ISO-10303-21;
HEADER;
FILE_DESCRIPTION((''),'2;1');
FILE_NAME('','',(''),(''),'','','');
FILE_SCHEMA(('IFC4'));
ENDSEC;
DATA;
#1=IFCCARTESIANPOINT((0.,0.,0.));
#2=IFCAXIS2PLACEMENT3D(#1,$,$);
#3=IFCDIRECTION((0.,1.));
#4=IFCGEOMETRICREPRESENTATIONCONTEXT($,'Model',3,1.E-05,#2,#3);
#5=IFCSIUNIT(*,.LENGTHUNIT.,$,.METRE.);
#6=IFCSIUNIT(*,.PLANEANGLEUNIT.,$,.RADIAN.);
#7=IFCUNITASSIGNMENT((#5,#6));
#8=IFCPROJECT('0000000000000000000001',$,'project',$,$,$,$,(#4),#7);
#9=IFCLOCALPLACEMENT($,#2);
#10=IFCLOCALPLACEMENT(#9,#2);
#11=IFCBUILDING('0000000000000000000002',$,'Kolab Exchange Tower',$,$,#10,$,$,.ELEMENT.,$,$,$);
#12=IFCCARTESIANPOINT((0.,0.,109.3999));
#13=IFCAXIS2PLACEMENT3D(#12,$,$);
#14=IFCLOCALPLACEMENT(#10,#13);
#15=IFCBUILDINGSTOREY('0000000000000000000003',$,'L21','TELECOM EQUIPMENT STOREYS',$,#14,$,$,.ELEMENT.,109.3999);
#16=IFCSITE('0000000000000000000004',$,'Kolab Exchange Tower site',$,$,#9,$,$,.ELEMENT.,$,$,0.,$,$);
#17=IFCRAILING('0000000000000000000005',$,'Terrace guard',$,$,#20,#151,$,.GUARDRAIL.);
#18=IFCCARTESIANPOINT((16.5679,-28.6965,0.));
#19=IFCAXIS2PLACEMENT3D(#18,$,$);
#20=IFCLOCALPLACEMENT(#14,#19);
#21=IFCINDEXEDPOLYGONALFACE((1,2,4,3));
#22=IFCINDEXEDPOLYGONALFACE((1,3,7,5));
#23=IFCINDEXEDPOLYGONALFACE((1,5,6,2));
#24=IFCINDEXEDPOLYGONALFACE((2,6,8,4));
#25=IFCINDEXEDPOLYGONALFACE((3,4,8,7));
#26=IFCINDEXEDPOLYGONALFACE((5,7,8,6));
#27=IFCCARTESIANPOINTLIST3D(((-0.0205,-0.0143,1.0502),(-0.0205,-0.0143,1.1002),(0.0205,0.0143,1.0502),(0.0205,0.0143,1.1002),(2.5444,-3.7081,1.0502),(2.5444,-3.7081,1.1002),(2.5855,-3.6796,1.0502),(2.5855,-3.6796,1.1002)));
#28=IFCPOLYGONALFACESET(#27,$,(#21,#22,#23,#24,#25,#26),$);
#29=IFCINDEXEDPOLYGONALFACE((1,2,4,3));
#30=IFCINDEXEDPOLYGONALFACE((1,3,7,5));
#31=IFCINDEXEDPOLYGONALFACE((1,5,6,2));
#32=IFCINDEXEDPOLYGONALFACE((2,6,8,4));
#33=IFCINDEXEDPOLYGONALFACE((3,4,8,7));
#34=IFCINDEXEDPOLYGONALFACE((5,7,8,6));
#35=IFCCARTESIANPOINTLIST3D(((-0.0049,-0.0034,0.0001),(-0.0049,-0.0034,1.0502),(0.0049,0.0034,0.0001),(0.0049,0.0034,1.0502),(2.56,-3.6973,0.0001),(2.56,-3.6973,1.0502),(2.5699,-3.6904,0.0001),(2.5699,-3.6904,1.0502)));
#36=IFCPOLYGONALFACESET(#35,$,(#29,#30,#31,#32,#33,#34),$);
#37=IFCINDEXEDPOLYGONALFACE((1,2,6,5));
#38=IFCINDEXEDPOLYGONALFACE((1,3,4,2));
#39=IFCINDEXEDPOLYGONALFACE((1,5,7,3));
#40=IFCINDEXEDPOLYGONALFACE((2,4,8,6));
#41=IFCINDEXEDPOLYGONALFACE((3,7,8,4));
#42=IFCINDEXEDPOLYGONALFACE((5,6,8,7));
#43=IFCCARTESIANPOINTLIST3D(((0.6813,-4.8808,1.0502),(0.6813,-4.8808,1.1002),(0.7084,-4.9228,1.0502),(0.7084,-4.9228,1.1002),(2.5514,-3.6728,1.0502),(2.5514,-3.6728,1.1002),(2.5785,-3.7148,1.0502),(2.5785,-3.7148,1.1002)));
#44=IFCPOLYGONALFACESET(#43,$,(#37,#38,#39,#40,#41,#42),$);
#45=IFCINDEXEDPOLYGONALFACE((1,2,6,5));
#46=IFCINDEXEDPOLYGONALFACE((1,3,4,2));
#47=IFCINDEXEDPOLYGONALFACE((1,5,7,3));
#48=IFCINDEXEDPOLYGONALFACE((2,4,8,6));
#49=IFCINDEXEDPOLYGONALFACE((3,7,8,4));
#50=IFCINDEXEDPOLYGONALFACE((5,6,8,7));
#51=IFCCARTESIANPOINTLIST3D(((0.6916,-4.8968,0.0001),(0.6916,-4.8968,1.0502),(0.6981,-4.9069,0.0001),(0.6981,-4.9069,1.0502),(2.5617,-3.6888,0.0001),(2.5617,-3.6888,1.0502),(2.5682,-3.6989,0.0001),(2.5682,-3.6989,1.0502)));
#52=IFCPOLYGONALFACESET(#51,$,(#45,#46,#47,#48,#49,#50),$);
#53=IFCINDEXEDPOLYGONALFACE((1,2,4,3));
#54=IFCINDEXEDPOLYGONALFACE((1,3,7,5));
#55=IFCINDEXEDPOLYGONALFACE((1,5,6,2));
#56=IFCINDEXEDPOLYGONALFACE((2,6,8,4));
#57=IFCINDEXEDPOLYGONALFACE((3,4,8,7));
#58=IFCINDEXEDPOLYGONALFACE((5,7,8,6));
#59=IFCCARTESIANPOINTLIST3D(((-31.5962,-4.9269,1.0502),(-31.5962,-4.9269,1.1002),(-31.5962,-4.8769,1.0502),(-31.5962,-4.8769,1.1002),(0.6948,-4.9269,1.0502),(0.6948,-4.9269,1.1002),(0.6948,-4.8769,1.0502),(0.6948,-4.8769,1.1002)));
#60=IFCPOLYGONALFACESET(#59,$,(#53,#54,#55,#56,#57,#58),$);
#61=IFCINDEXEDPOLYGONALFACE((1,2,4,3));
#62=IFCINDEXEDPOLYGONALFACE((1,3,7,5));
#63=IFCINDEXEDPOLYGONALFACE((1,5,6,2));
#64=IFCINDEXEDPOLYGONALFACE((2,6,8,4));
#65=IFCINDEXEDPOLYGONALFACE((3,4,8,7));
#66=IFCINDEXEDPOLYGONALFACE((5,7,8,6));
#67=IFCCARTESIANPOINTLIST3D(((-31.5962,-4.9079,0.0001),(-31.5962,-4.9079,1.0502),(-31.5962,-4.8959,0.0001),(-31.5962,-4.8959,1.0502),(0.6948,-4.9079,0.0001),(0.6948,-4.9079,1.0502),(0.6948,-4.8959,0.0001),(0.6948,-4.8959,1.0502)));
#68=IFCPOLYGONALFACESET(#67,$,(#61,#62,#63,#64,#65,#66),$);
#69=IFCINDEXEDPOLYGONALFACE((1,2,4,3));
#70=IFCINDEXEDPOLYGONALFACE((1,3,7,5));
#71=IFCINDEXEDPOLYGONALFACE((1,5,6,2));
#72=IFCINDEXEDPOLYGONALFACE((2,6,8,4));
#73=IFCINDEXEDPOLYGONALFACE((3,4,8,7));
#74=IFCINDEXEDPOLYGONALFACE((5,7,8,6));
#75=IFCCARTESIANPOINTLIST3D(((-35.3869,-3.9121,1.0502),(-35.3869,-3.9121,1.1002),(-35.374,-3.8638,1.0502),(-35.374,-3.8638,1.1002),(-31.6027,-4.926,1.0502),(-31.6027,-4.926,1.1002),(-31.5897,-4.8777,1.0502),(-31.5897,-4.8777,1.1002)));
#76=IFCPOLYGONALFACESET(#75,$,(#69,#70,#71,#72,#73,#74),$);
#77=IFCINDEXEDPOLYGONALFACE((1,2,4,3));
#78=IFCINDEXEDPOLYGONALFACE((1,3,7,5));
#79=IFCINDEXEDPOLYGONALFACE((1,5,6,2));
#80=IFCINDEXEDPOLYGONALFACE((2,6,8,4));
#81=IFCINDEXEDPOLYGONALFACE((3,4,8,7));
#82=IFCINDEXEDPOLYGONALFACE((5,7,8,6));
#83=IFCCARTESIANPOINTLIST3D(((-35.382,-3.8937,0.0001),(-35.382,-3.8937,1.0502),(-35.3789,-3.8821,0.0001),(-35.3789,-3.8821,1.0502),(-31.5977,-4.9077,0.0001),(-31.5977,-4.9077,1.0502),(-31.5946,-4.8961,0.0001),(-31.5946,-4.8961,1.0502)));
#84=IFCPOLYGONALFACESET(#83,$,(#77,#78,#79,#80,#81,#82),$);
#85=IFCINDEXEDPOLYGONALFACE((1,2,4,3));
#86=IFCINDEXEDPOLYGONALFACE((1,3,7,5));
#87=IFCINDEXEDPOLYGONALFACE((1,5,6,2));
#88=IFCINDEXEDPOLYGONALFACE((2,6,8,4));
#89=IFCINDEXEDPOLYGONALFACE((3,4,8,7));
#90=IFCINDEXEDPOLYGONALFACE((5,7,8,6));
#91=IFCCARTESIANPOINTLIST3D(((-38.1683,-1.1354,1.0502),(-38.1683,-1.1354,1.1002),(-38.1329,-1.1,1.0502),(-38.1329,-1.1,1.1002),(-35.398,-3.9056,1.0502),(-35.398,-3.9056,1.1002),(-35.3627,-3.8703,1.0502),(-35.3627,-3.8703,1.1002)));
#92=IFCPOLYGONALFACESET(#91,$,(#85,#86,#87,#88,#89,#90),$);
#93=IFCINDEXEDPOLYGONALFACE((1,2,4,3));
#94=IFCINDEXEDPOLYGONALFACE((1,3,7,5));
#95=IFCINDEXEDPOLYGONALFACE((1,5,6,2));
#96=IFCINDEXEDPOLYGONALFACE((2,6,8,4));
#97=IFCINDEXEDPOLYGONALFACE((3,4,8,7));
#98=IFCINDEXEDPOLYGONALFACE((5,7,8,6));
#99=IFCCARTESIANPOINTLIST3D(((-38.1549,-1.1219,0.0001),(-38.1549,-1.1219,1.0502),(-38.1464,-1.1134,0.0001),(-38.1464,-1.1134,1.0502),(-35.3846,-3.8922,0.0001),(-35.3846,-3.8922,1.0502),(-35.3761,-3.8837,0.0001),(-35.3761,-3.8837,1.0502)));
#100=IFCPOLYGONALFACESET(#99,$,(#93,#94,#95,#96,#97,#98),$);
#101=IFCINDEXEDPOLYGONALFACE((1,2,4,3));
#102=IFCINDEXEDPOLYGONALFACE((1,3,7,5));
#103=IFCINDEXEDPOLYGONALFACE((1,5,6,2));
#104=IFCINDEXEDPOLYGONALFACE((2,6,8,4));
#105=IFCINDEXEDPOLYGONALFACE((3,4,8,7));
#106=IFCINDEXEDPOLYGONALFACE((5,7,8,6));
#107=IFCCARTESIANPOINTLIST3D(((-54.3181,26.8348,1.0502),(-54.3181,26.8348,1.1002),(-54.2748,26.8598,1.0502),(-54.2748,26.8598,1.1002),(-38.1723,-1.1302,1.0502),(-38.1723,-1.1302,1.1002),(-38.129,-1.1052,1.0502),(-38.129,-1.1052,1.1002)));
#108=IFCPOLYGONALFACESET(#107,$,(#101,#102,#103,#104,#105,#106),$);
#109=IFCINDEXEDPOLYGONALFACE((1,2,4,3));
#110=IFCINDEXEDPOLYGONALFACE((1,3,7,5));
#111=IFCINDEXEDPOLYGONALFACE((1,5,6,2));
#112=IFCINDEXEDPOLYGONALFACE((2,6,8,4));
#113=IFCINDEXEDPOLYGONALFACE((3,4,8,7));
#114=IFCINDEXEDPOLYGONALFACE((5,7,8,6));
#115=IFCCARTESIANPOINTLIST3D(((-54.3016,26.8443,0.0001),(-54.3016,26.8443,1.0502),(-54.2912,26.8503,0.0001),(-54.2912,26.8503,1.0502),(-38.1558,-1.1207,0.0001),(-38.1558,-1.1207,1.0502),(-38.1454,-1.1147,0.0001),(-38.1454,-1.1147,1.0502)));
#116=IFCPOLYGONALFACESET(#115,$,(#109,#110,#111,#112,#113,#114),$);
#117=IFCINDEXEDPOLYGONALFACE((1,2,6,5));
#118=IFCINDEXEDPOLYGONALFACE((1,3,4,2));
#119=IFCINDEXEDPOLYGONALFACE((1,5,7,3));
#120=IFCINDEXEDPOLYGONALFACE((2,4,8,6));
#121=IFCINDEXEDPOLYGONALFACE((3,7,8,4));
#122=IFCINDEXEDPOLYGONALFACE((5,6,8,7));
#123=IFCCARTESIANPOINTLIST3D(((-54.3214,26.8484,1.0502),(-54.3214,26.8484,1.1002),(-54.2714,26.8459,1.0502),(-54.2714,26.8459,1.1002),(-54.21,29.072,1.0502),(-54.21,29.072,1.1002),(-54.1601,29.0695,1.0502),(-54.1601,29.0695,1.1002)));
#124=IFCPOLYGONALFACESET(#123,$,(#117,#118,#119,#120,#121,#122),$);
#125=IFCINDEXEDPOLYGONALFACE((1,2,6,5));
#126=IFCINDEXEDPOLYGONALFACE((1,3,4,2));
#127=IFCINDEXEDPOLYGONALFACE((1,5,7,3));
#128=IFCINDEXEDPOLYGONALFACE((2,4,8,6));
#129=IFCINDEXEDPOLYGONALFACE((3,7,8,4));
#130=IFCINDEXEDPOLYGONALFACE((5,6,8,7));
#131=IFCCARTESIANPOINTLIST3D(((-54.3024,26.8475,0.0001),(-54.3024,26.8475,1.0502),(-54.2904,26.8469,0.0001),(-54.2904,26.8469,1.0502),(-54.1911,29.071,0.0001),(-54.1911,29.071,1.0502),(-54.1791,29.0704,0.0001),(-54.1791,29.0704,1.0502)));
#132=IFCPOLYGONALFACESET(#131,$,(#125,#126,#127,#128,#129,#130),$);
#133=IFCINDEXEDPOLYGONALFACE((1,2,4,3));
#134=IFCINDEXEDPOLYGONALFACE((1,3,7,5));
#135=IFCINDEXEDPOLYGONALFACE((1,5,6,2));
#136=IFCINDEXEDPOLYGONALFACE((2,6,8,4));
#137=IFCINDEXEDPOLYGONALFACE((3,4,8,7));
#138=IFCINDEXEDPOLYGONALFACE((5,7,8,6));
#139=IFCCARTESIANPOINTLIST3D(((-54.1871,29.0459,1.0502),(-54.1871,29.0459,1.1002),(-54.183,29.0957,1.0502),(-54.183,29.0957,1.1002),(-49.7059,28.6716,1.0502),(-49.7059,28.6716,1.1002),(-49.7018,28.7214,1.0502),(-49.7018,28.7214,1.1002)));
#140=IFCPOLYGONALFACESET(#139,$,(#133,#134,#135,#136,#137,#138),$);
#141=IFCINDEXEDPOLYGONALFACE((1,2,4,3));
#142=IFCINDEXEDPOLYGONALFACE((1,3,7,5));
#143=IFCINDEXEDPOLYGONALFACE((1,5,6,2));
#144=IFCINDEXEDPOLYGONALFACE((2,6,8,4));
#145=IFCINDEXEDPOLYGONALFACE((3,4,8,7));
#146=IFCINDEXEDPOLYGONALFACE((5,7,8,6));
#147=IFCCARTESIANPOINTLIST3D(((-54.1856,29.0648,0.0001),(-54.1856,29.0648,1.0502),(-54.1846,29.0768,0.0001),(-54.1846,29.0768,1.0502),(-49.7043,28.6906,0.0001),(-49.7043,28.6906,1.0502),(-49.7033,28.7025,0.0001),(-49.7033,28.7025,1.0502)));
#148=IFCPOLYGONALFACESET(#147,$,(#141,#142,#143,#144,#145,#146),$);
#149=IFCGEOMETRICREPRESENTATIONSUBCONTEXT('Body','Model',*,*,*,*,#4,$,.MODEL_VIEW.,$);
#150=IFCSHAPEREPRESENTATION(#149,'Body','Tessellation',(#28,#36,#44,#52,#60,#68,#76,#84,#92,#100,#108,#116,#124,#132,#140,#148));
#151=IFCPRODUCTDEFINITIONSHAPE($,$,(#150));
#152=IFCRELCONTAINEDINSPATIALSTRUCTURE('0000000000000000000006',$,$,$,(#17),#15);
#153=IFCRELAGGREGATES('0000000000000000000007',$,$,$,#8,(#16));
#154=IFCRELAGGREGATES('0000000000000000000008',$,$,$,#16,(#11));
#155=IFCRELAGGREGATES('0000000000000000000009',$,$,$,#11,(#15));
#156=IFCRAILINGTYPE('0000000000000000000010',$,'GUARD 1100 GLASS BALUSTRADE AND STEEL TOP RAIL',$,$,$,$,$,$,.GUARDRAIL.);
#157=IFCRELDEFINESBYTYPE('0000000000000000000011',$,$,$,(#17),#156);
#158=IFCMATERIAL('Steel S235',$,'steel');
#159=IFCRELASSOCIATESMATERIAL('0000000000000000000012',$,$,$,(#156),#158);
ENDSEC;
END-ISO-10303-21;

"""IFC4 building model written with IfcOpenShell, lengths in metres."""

from ifc_helpers import new_model, si_unit, direction, frame, frame_2d, origin, origin_2d, place, context, subcontext, project, spatial, rectangle, extrude, material, type_object, element, save


model = new_model("IFC4")

# Units and contexts
model_context = context("Model", 3, precision=1e-05, world=origin(), true_north=direction((0.0, 1.0)))
body_context = subcontext(model_context, "Body", "Model", "MODEL_VIEW")
ifc_project = project(units=[si_unit("LENGTHUNIT", "METRE"), si_unit("PLANEANGLEUNIT", "RADIAN")], contexts=[model_context])

# Site, building, storey
site_placement = place(None, origin())
site = spatial("IfcSite", under=ifc_project, at=site_placement, Name="Kolab Exchange Tower site", CompositionType="ELEMENT", RefElevation=0.0)
building_placement = place(site_placement, origin())
building = spatial("IfcBuilding", under=site, at=building_placement, Name="Kolab Exchange Tower", CompositionType="ELEMENT")
storey_placement = place(building_placement, frame((0.0, 0.0, 109.3999)))
storey = spatial("IfcBuildingStorey", under=building, at=storey_placement, Name="L21", Description="TELECOM EQUIPMENT STOREYS", CompositionType="ELEMENT", Elevation=109.3999)

# Railing
ifc_material_1 = material(Name="Steel S235", Category="steel")
railing_type = type_object("IfcRailingType", Name="GUARD 1100 GLASS BALUSTRADE AND STEEL TOP RAIL", PredefinedType="GUARDRAIL", material=ifc_material_1)
railing_1_placement = place(storey_placement, frame((16.5679, -28.6965, 0.0)))
element("IfcRailing", 1, at=railing_1_placement, inside=storey, type_object=railing_type, Name="Terrace guard", PredefinedType="GUARDRAIL", context=body_context, shape_type="SweptSolid", body=[
    extrude(rectangle(XDim=0.05, YDim=0.05, at=origin_2d()), frame((0.0, 0.0, 1.0752), z_axis=(0.570361, -0.821394, 0.0), x_axis=(0.821394, 0.570361, 0.0)), (0.0, 0.0, 1.0), 4.4971),
    extrude(rectangle(XDim=0.012, YDim=1.0501, at=frame_2d((0.0, 0.5251))), frame((0.0, 0.0, 0.0), z_axis=(0.570361, -0.821394, 0.0), x_axis=(0.821394, 0.570361, 0.0)), (0.0, 0.0, 1.0), 4.4971),
    extrude(rectangle(XDim=0.05, YDim=0.05, at=origin_2d()), frame((2.5649, -3.6938, 1.0752), z_axis=(-0.839994, -0.542596, 0.0), x_axis=(0.542596, -0.839994, 0.0)), (0.0, 0.0, 1.0), 2.2263),
    extrude(rectangle(XDim=0.012, YDim=1.0501, at=frame_2d((0.0, 0.5251))), frame((2.5649, -3.6938, 0.0), z_axis=(-0.839994, -0.542596, 0.0), x_axis=(0.542596, -0.839994, 0.0)), (0.0, 0.0, 1.0), 2.2263),
    extrude(rectangle(XDim=0.05, YDim=0.05, at=origin_2d()), frame((0.6948, -4.9019, 1.0752), z_axis=(-1.0, 0.0, 0.0), x_axis=(0.0, -1.0, 0.0)), (0.0, 0.0, 1.0), 32.291),
    extrude(rectangle(XDim=0.012, YDim=1.0501, at=frame_2d((0.0, 0.5251))), frame((0.6948, -4.9019, 0.0), z_axis=(-1.0, 0.0, 0.0), x_axis=(0.0, -1.0, 0.0)), (0.0, 0.0, 1.0), 32.291),
    extrude(rectangle(XDim=0.05, YDim=0.05, at=origin_2d()), frame((-31.5962, -4.9019, 1.0752), z_axis=(-0.965929, 0.258807, 0.0), x_axis=(-0.258807, -0.965929, 0.0)), (0.0, 0.0, 1.0), 3.9177),
    extrude(rectangle(XDim=0.012, YDim=1.0501, at=frame_2d((0.0, 0.5251))), frame((-31.5962, -4.9019, 0.0), z_axis=(-0.965929, 0.258807, 0.0), x_axis=(-0.258807, -0.965929, 0.0)), (0.0, 0.0, 1.0), 3.9177),
    extrude(rectangle(XDim=0.05, YDim=0.05, at=origin_2d()), frame((-35.3804, -3.8879, 1.0752), z_axis=(-0.707107, 0.707107, 0.0), x_axis=(-0.707107, -0.707107, 0.0)), (0.0, 0.0, 1.0), 3.9177),
    extrude(rectangle(XDim=0.012, YDim=1.0501, at=frame_2d((0.0, 0.5251))), frame((-35.3804, -3.8879, 0.0), z_axis=(-0.707107, 0.707107, 0.0), x_axis=(-0.707107, -0.707107, 0.0)), (0.0, 0.0, 1.0), 3.9177),
    extrude(rectangle(XDim=0.05, YDim=0.05, at=origin_2d()), frame((-38.1506, -1.1177, 1.0752), z_axis=(-0.500006, 0.866022, 0.0), x_axis=(-0.866022, -0.500006, 0.0)), (0.0, 0.0, 1.0), 32.2913),
    extrude(rectangle(XDim=0.012, YDim=1.0501, at=frame_2d((0.0, 0.5251))), frame((-38.1506, -1.1177, 0.0), z_axis=(-0.500006, 0.866022, 0.0), x_axis=(-0.866022, -0.500006, 0.0)), (0.0, 0.0, 1.0), 32.2913),
    extrude(rectangle(XDim=0.05, YDim=0.05, at=origin_2d()), frame((-54.2964, 26.8472, 1.0752), z_axis=(0.050003, 0.998749, 0.0), x_axis=(-0.998749, 0.050003, 0.0)), (0.0, 0.0, 1.0), 2.2263),
    extrude(rectangle(XDim=0.012, YDim=1.0501, at=frame_2d((0.0, 0.5251))), frame((-54.2964, 26.8472, 0.0), z_axis=(0.050003, 0.998749, 0.0), x_axis=(-0.998749, 0.050003, 0.0)), (0.0, 0.0, 1.0), 2.2263),
    extrude(rectangle(XDim=0.05, YDim=0.05, at=origin_2d()), frame((-54.1851, 29.0708, 1.0752), z_axis=(0.99653, -0.08323, 0.0), x_axis=(0.08323, 0.99653, 0.0)), (0.0, 0.0, 1.0), 4.4968),
    extrude(rectangle(XDim=0.012, YDim=1.0501, at=frame_2d((0.0, 0.5251))), frame((-54.1851, 29.0708, 0.0), z_axis=(0.99653, -0.08323, 0.0), x_axis=(0.08323, 0.99653, 0.0)), (0.0, 0.0, 1.0), 4.4968),
])

save(model, "model.ifc")
